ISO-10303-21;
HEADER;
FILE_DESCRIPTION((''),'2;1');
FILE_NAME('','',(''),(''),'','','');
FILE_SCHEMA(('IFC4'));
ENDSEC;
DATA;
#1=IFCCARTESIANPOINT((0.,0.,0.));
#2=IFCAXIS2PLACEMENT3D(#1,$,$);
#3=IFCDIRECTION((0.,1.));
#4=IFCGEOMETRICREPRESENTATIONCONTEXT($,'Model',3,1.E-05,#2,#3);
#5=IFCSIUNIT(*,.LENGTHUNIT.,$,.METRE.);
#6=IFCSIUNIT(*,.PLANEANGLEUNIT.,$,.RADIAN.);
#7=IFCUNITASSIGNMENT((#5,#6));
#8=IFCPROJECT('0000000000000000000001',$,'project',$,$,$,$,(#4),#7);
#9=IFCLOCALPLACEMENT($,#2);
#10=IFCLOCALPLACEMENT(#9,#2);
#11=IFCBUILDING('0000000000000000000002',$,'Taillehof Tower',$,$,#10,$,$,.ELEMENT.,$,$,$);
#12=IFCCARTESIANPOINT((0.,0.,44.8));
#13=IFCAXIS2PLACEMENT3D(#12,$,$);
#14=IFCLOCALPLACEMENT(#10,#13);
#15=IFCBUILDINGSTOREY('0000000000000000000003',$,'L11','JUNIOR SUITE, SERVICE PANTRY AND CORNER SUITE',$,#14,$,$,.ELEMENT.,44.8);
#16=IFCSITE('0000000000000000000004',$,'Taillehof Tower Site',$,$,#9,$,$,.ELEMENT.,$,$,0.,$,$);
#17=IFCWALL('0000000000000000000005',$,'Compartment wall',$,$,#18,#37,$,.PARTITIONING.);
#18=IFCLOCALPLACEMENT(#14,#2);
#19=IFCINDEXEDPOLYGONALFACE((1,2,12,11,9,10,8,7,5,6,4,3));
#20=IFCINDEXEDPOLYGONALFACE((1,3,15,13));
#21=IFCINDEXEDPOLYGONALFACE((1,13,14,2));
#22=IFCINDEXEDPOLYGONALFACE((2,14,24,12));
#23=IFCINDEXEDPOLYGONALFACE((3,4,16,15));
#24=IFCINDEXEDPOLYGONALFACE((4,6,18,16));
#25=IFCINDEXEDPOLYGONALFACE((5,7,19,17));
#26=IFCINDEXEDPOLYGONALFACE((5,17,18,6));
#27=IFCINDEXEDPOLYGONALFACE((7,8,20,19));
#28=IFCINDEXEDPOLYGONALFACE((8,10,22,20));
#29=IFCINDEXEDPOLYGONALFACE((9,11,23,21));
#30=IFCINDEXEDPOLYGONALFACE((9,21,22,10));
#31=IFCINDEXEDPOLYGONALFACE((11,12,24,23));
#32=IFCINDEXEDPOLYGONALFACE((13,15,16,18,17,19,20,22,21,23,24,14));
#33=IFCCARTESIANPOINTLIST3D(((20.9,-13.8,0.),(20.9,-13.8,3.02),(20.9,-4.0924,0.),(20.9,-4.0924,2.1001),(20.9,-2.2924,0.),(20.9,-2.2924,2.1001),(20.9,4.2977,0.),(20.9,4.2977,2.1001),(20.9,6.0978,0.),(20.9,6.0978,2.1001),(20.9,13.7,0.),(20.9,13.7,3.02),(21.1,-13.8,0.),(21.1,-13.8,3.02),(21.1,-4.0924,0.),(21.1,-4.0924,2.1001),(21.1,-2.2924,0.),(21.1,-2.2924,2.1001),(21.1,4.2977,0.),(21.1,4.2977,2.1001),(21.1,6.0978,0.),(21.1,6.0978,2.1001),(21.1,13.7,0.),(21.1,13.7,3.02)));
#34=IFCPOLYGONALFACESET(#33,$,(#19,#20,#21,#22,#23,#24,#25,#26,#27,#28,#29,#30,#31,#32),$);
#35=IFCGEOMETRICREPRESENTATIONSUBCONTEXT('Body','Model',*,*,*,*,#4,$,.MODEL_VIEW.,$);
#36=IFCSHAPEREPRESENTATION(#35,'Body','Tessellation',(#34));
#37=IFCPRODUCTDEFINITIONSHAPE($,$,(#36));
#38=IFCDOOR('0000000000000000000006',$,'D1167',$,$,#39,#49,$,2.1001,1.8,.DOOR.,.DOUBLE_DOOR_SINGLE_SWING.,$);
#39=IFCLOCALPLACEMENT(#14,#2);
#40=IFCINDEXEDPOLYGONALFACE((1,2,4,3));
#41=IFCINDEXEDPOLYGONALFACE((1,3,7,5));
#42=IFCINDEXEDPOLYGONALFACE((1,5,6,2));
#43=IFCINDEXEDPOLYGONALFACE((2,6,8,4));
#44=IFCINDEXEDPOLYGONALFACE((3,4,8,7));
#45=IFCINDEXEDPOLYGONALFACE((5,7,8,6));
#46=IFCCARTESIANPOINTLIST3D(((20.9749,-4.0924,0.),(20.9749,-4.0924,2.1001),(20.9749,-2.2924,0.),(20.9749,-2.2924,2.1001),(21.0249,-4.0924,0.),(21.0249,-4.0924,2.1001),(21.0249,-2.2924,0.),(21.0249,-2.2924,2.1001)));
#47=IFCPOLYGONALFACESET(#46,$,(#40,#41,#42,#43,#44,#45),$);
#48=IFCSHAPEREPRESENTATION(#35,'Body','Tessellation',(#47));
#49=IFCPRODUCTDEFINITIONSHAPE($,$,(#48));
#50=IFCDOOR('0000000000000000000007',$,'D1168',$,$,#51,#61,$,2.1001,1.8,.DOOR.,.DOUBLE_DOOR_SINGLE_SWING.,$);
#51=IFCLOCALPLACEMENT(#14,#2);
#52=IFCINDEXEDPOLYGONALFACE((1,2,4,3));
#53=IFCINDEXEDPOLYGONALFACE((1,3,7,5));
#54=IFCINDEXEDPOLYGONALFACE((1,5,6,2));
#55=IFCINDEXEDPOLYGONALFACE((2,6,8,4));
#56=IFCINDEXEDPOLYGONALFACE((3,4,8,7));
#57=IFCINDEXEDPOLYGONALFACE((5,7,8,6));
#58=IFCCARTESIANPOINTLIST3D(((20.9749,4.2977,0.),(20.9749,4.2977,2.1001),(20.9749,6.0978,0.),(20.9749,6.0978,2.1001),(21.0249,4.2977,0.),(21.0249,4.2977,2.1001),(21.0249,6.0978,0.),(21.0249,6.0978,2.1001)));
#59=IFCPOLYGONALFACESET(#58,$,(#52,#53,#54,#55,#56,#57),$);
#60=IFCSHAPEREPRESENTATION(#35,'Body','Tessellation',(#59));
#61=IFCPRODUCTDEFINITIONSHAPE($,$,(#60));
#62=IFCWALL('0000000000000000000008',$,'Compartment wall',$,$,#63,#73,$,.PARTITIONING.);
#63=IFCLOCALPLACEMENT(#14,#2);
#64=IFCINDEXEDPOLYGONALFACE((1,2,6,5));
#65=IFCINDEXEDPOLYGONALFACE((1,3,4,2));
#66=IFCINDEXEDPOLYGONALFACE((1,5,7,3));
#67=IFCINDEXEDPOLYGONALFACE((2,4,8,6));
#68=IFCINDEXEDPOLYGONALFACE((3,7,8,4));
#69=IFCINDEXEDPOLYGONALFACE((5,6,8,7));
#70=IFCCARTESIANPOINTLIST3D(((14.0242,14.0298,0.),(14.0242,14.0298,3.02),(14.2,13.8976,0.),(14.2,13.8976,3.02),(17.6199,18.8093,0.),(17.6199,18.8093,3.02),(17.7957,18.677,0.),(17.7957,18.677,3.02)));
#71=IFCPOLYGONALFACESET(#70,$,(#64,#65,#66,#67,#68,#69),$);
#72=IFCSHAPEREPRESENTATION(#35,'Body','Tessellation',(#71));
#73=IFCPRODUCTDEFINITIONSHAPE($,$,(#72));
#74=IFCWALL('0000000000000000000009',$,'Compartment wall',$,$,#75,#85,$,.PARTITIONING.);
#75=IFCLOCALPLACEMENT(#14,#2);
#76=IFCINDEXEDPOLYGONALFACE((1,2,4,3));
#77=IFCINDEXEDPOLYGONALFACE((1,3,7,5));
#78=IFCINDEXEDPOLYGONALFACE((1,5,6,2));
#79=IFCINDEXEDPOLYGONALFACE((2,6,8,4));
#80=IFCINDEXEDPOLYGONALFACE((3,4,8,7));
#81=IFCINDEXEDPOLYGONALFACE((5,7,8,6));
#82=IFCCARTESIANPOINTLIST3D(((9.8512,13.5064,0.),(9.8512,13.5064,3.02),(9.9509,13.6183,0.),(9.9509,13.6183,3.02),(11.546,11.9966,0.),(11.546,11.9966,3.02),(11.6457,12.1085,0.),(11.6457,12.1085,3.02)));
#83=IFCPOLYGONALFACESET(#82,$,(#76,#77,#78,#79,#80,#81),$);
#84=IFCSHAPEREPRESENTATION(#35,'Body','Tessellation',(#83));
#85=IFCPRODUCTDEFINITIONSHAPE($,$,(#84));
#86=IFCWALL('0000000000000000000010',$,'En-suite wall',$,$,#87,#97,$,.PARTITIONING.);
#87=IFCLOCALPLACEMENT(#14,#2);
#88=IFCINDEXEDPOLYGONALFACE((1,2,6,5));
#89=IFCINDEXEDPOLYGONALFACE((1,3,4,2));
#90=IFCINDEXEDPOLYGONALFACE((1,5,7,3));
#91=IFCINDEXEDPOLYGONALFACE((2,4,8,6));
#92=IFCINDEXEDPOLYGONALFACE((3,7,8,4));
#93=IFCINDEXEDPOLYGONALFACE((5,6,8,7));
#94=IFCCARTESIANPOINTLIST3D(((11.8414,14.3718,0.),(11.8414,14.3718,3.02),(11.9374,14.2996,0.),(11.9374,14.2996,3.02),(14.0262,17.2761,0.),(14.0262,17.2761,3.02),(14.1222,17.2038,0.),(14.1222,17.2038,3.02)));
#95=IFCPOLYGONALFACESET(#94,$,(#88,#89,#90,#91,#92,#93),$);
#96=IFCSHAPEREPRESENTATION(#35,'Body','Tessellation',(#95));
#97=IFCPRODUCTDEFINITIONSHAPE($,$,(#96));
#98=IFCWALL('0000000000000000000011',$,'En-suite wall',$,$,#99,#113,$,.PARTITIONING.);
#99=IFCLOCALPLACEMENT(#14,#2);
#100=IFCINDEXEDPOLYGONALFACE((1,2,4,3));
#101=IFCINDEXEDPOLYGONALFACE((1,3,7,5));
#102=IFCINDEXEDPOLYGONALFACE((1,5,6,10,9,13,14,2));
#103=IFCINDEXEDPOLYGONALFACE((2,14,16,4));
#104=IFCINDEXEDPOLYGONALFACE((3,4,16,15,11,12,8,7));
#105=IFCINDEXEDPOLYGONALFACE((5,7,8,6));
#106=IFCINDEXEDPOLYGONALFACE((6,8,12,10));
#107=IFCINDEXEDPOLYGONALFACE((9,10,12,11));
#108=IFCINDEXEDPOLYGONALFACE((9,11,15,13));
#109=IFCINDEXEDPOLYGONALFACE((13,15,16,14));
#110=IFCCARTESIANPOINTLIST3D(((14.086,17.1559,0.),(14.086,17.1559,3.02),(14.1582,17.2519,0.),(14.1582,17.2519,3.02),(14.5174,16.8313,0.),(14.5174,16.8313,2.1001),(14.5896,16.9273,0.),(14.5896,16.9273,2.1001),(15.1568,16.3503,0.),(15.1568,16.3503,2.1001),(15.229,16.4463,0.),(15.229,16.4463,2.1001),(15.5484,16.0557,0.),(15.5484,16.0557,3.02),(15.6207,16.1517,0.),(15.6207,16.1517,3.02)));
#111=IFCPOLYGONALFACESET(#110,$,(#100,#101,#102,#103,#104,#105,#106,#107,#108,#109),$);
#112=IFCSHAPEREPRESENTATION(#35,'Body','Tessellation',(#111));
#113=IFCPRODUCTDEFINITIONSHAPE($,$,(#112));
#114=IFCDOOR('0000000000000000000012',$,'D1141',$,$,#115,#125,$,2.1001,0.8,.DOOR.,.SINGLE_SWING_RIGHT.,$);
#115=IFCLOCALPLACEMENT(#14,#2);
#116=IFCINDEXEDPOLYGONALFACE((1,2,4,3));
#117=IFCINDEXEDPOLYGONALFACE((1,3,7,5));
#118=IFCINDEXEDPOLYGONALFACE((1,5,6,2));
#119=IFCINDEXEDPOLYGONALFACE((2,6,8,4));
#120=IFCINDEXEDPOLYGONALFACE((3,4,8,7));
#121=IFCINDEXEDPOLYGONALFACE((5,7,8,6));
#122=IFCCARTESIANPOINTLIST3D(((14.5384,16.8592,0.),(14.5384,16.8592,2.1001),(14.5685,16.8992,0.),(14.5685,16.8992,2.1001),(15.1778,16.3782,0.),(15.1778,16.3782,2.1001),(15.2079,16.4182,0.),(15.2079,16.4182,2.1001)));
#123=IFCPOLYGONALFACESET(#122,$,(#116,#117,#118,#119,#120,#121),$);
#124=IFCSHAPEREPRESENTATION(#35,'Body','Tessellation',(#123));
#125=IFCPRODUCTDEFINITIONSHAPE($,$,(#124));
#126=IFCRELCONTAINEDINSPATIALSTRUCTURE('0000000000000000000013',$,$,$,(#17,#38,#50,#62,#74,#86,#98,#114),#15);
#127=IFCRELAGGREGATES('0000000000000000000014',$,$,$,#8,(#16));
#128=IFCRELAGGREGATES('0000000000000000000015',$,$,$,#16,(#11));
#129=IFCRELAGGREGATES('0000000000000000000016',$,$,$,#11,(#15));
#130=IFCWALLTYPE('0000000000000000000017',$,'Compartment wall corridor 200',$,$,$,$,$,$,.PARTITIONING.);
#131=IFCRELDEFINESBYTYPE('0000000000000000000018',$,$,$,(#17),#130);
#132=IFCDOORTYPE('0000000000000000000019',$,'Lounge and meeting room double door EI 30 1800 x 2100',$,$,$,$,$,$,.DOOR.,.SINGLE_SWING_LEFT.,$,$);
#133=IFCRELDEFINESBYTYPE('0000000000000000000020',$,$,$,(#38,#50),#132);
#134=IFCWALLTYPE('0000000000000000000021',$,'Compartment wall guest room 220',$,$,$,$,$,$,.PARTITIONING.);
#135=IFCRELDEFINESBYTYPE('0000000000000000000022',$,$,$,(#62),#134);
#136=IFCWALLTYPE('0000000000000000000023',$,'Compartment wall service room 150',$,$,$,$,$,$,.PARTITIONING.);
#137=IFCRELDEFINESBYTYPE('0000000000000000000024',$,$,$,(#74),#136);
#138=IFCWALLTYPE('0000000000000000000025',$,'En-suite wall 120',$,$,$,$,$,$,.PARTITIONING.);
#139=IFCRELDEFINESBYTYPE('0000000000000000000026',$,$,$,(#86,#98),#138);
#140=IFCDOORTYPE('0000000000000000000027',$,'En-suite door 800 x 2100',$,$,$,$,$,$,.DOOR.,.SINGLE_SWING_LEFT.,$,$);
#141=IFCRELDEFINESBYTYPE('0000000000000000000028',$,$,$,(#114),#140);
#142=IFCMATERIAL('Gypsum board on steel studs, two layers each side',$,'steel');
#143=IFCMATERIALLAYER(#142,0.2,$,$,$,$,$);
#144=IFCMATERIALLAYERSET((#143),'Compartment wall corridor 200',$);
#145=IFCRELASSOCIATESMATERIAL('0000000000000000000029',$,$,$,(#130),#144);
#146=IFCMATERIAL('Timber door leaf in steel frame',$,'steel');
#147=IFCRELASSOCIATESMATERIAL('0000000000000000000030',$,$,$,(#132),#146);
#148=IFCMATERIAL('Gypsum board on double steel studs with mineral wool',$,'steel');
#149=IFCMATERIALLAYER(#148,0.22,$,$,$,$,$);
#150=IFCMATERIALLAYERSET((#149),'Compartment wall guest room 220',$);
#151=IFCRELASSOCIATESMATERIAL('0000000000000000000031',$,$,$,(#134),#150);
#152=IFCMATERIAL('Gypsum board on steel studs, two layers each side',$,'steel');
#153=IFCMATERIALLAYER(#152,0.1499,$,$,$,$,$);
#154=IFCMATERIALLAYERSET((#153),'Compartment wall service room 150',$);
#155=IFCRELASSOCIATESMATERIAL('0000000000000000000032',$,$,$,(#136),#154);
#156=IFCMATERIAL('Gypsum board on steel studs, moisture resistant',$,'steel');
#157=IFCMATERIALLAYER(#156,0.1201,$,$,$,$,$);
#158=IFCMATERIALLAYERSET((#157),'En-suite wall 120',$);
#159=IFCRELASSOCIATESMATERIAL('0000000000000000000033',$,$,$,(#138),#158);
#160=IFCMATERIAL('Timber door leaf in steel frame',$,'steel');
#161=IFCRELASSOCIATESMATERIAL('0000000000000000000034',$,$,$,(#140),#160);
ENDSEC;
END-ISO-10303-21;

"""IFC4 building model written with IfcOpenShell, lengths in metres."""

from ifc_helpers import new_model, si_unit, direction, frame, frame_2d, origin, place, context, subcontext, project, spatial, rectangle, extrude, material, layer, layer_set, type_object, element, fill, save


model = new_model("IFC4")

# Units and contexts
model_context = context("Model", 3, precision=1e-05, world=origin(), true_north=direction((0.0, 1.0)))
body_context = subcontext(model_context, "Body", "Model", "MODEL_VIEW")
ifc_project = project(units=[si_unit("LENGTHUNIT", "METRE"), si_unit("PLANEANGLEUNIT", "RADIAN")], contexts=[model_context])

# Site, building, storey
site_placement = place(None, origin())
site = spatial("IfcSite", under=ifc_project, at=site_placement, Name="Taillehof Tower Site", CompositionType="ELEMENT", RefElevation=0.0)
building_placement = place(site_placement, origin())
building = spatial("IfcBuilding", under=site, at=building_placement, Name="Taillehof Tower", CompositionType="ELEMENT")
storey_placement = place(building_placement, frame((0.0, 0.0, 44.8)))
storey = spatial("IfcBuildingStorey", under=building, at=storey_placement, Name="L11", Description="JUNIOR SUITE, SERVICE PANTRY AND CORNER SUITE", CompositionType="ELEMENT", Elevation=44.8)

# Shared definitions
ifc_material_1 = material(Name="Gypsum board on steel studs, two layers each side", Category="steel")
ifc_layer_1 = layer(ifc_material_1, 0.2)
ifc_layer_set_1 = layer_set([ifc_layer_1], Name="Compartment wall corridor 200")
wall_type_1 = type_object("IfcWallType", Name="Compartment wall corridor 200", PredefinedType="PARTITIONING", material=ifc_layer_set_1)

# Shared definitions
ifc_material_2 = material(Name="Timber door leaf in steel frame", Category="steel")
door_type_1 = type_object("IfcDoorType", Name="Lounge and meeting room double door EI 30 1800 x 2100", OperationType="SINGLE_SWING_LEFT", PredefinedType="DOOR", material=ifc_material_2)

# Wall, openings, doors
wall_1_placement = place(storey_placement, frame((21.0, 13.7, 0.0), z_axis=(0.0, 0.0, 1.0), x_axis=(0.0, -1.0, 0.0)))
wall_1 = element("IfcWall", 1, at=wall_1_placement, inside=storey, type_object=wall_type_1, Name="Compartment wall", PredefinedType="PARTITIONING", context=body_context, shape_type="SweptSolid", body=[
    extrude(rectangle(XDim=27.5, YDim=0.2, at=frame_2d((13.75, 0.0))), origin(), (0.0, 0.0, 1.0), 3.02),
])
opening_1_placement = place(wall_1_placement, frame((15.9924, 0.0, 0.0)))
opening_1 = element("IfcOpeningElement", 2, at=opening_1_placement, cuts=wall_1, PredefinedType="OPENING", context=body_context, shape_type="SweptSolid", body=[
    extrude(rectangle(XDim=1.8, YDim=2.1001, at=frame_2d((0.8999, 1.05))), frame((0.0, 0.1099, 0.0), z_axis=(0.0, -1.0, 0.0), x_axis=(1.0, 0.0, 0.0)), (0.0, 0.0, 1.0), 0.22),
])
opening_2_placement = place(wall_1_placement, frame((7.6023, 0.0, 0.0)))
opening_2 = element("IfcOpeningElement", 3, at=opening_2_placement, cuts=wall_1, PredefinedType="OPENING", context=body_context, shape_type="SweptSolid", body=[
    extrude(rectangle(XDim=1.8, YDim=2.1001, at=frame_2d((0.8999, 1.05))), frame((0.0, 0.1099, 0.0), z_axis=(0.0, -1.0, 0.0), x_axis=(1.0, 0.0, 0.0)), (0.0, 0.0, 1.0), 0.22),
])
door_1_placement = place(opening_1_placement, origin())
door_1 = element("IfcDoor", 4, at=door_1_placement, inside=storey, type_object=door_type_1, Name="D1167", OperationType="DOUBLE_DOOR_SINGLE_SWING", OverallHeight=2.1001, OverallWidth=1.8, PredefinedType="DOOR", context=body_context, shape_type="SweptSolid", body=[
    extrude(rectangle(XDim=1.8, YDim=2.1001, at=frame_2d((0.8999, 1.05))), frame((0.0, 0.0249, 0.0), z_axis=(0.0, -1.0, 0.0), x_axis=(1.0, 0.0, 0.0)), (0.0, 0.0, 1.0), 0.05),
])
fill(opening_1, door_1)
door_2_placement = place(opening_2_placement, origin())
door_2 = element("IfcDoor", 5, at=door_2_placement, inside=storey, type_object=door_type_1, Name="D1168", OperationType="DOUBLE_DOOR_SINGLE_SWING", OverallHeight=2.1001, OverallWidth=1.8, PredefinedType="DOOR", context=body_context, shape_type="SweptSolid", body=[
    extrude(rectangle(XDim=1.8, YDim=2.1001, at=frame_2d((0.8999, 1.05))), frame((0.0, 0.0249, 0.0), z_axis=(0.0, -1.0, 0.0), x_axis=(1.0, 0.0, 0.0)), (0.0, 0.0, 1.0), 0.05),
])
fill(opening_2, door_2)

# Walls
ifc_material_3 = material(Name="Gypsum board on double steel studs with mineral wool", Category="steel")
ifc_layer_2 = layer(ifc_material_3, 0.22)
ifc_layer_set_2 = layer_set([ifc_layer_2], Name="Compartment wall guest room 220")
wall_type_2 = type_object("IfcWallType", Name="Compartment wall guest room 220", PredefinedType="PARTITIONING", material=ifc_layer_set_2)
wall_2_placement = place(storey_placement, frame((17.7078, 18.7432, 0.0), z_axis=(0.0, 0.0, 1.0), x_axis=(-0.601181, -0.799113, 0.0)))
element("IfcWall", 6, at=wall_2_placement, inside=storey, type_object=wall_type_2, Name="Compartment wall", PredefinedType="PARTITIONING", context=body_context, shape_type="SweptSolid", body=[
    extrude(rectangle(XDim=5.981, YDim=0.22, at=frame_2d((2.9905, 0.0))), origin(), (0.0, 0.0, 1.0), 3.02),
])
ifc_material_4 = material(Name="Gypsum board on steel studs, two layers each side", Category="steel")
ifc_layer_3 = layer(ifc_material_4, 0.1499)
ifc_layer_set_3 = layer_set([ifc_layer_3], Name="Compartment wall service room 150")
wall_type_3 = type_object("IfcWallType", Name="Compartment wall service room 150", PredefinedType="PARTITIONING", material=ifc_layer_set_3)
wall_3_placement = place(storey_placement, frame((9.9011, 13.5623, 0.0), z_axis=(0.0, 0.0, 1.0), x_axis=(0.746697, -0.665165, 0.0)))
element("IfcWall", 7, at=wall_3_placement, inside=storey, type_object=wall_type_3, Name="Compartment wall", PredefinedType="PARTITIONING", context=body_context, shape_type="SweptSolid", body=[
    extrude(rectangle(XDim=2.2698, YDim=0.1499, at=frame_2d((1.1348, 0.0))), origin(), (0.0, 0.0, 1.0), 3.02),
])
ifc_material_5 = material(Name="Gypsum board on steel studs, moisture resistant", Category="steel")
ifc_layer_4 = layer(ifc_material_5, 0.1201)
ifc_layer_set_4 = layer_set([ifc_layer_4], Name="En-suite wall 120")
wall_type_4 = type_object("IfcWallType", Name="En-suite wall 120", PredefinedType="PARTITIONING", material=ifc_layer_set_4)
wall_4_placement = place(storey_placement, frame((11.8894, 14.3357, 0.0), z_axis=(0.0, 0.0, 1.0), x_axis=(0.60116, 0.799129, 0.0)))
element("IfcWall", 8, at=wall_4_placement, inside=storey, type_object=wall_type_4, Name="En-suite wall", PredefinedType="PARTITIONING", context=body_context, shape_type="SweptSolid", body=[
    extrude(rectangle(XDim=3.6343, YDim=0.1201, at=frame_2d((1.8171, 0.0))), origin(), (0.0, 0.0, 1.0), 3.02),
])

# Wall, opening, door
wall_5_placement = place(storey_placement, frame((14.1221, 17.2039, 0.0), z_axis=(0.0, 0.0, 1.0), x_axis=(0.799135, -0.601152, 0.0)))
wall_5 = element("IfcWall", 9, at=wall_5_placement, inside=storey, type_object=wall_type_4, Name="En-suite wall", PredefinedType="PARTITIONING", context=body_context, shape_type="SweptSolid", body=[
    extrude(rectangle(XDim=1.8301, YDim=0.1201, at=frame_2d((0.915, 0.0))), origin(), (0.0, 0.0, 1.0), 3.02),
])
opening_3_placement = place(wall_5_placement, frame((0.54, 0.0, 0.0)))
opening_3 = element("IfcOpeningElement", 10, at=opening_3_placement, cuts=wall_5, PredefinedType="OPENING", context=body_context, shape_type="SweptSolid", body=[
    extrude(rectangle(XDim=0.8, YDim=2.1001, at=frame_2d((0.3999, 1.05))), frame((0.0, 0.0701, 0.0), z_axis=(0.0, -1.0, 0.0), x_axis=(1.0, 0.0, 0.0)), (0.0, 0.0, 1.0), 0.1401),
])
ifc_material_6 = material(Name="Timber door leaf in steel frame", Category="steel")
door_type_2 = type_object("IfcDoorType", Name="En-suite door 800 x 2100", OperationType="SINGLE_SWING_LEFT", PredefinedType="DOOR", material=ifc_material_6)
door_3_placement = place(opening_3_placement, origin())
door_3 = element("IfcDoor", 11, at=door_3_placement, inside=storey, type_object=door_type_2, Name="D1141", OperationType="SINGLE_SWING_RIGHT", OverallHeight=2.1001, OverallWidth=0.8, PredefinedType="DOOR", context=body_context, shape_type="SweptSolid", body=[
    extrude(rectangle(XDim=0.8, YDim=2.1001, at=frame_2d((0.3999, 1.05))), frame((0.0, 0.0249, 0.0), z_axis=(0.0, -1.0, 0.0), x_axis=(1.0, 0.0, 0.0)), (0.0, 0.0, 1.0), 0.05),
])
fill(opening_3, door_3)

save(model, "model.ifc")
